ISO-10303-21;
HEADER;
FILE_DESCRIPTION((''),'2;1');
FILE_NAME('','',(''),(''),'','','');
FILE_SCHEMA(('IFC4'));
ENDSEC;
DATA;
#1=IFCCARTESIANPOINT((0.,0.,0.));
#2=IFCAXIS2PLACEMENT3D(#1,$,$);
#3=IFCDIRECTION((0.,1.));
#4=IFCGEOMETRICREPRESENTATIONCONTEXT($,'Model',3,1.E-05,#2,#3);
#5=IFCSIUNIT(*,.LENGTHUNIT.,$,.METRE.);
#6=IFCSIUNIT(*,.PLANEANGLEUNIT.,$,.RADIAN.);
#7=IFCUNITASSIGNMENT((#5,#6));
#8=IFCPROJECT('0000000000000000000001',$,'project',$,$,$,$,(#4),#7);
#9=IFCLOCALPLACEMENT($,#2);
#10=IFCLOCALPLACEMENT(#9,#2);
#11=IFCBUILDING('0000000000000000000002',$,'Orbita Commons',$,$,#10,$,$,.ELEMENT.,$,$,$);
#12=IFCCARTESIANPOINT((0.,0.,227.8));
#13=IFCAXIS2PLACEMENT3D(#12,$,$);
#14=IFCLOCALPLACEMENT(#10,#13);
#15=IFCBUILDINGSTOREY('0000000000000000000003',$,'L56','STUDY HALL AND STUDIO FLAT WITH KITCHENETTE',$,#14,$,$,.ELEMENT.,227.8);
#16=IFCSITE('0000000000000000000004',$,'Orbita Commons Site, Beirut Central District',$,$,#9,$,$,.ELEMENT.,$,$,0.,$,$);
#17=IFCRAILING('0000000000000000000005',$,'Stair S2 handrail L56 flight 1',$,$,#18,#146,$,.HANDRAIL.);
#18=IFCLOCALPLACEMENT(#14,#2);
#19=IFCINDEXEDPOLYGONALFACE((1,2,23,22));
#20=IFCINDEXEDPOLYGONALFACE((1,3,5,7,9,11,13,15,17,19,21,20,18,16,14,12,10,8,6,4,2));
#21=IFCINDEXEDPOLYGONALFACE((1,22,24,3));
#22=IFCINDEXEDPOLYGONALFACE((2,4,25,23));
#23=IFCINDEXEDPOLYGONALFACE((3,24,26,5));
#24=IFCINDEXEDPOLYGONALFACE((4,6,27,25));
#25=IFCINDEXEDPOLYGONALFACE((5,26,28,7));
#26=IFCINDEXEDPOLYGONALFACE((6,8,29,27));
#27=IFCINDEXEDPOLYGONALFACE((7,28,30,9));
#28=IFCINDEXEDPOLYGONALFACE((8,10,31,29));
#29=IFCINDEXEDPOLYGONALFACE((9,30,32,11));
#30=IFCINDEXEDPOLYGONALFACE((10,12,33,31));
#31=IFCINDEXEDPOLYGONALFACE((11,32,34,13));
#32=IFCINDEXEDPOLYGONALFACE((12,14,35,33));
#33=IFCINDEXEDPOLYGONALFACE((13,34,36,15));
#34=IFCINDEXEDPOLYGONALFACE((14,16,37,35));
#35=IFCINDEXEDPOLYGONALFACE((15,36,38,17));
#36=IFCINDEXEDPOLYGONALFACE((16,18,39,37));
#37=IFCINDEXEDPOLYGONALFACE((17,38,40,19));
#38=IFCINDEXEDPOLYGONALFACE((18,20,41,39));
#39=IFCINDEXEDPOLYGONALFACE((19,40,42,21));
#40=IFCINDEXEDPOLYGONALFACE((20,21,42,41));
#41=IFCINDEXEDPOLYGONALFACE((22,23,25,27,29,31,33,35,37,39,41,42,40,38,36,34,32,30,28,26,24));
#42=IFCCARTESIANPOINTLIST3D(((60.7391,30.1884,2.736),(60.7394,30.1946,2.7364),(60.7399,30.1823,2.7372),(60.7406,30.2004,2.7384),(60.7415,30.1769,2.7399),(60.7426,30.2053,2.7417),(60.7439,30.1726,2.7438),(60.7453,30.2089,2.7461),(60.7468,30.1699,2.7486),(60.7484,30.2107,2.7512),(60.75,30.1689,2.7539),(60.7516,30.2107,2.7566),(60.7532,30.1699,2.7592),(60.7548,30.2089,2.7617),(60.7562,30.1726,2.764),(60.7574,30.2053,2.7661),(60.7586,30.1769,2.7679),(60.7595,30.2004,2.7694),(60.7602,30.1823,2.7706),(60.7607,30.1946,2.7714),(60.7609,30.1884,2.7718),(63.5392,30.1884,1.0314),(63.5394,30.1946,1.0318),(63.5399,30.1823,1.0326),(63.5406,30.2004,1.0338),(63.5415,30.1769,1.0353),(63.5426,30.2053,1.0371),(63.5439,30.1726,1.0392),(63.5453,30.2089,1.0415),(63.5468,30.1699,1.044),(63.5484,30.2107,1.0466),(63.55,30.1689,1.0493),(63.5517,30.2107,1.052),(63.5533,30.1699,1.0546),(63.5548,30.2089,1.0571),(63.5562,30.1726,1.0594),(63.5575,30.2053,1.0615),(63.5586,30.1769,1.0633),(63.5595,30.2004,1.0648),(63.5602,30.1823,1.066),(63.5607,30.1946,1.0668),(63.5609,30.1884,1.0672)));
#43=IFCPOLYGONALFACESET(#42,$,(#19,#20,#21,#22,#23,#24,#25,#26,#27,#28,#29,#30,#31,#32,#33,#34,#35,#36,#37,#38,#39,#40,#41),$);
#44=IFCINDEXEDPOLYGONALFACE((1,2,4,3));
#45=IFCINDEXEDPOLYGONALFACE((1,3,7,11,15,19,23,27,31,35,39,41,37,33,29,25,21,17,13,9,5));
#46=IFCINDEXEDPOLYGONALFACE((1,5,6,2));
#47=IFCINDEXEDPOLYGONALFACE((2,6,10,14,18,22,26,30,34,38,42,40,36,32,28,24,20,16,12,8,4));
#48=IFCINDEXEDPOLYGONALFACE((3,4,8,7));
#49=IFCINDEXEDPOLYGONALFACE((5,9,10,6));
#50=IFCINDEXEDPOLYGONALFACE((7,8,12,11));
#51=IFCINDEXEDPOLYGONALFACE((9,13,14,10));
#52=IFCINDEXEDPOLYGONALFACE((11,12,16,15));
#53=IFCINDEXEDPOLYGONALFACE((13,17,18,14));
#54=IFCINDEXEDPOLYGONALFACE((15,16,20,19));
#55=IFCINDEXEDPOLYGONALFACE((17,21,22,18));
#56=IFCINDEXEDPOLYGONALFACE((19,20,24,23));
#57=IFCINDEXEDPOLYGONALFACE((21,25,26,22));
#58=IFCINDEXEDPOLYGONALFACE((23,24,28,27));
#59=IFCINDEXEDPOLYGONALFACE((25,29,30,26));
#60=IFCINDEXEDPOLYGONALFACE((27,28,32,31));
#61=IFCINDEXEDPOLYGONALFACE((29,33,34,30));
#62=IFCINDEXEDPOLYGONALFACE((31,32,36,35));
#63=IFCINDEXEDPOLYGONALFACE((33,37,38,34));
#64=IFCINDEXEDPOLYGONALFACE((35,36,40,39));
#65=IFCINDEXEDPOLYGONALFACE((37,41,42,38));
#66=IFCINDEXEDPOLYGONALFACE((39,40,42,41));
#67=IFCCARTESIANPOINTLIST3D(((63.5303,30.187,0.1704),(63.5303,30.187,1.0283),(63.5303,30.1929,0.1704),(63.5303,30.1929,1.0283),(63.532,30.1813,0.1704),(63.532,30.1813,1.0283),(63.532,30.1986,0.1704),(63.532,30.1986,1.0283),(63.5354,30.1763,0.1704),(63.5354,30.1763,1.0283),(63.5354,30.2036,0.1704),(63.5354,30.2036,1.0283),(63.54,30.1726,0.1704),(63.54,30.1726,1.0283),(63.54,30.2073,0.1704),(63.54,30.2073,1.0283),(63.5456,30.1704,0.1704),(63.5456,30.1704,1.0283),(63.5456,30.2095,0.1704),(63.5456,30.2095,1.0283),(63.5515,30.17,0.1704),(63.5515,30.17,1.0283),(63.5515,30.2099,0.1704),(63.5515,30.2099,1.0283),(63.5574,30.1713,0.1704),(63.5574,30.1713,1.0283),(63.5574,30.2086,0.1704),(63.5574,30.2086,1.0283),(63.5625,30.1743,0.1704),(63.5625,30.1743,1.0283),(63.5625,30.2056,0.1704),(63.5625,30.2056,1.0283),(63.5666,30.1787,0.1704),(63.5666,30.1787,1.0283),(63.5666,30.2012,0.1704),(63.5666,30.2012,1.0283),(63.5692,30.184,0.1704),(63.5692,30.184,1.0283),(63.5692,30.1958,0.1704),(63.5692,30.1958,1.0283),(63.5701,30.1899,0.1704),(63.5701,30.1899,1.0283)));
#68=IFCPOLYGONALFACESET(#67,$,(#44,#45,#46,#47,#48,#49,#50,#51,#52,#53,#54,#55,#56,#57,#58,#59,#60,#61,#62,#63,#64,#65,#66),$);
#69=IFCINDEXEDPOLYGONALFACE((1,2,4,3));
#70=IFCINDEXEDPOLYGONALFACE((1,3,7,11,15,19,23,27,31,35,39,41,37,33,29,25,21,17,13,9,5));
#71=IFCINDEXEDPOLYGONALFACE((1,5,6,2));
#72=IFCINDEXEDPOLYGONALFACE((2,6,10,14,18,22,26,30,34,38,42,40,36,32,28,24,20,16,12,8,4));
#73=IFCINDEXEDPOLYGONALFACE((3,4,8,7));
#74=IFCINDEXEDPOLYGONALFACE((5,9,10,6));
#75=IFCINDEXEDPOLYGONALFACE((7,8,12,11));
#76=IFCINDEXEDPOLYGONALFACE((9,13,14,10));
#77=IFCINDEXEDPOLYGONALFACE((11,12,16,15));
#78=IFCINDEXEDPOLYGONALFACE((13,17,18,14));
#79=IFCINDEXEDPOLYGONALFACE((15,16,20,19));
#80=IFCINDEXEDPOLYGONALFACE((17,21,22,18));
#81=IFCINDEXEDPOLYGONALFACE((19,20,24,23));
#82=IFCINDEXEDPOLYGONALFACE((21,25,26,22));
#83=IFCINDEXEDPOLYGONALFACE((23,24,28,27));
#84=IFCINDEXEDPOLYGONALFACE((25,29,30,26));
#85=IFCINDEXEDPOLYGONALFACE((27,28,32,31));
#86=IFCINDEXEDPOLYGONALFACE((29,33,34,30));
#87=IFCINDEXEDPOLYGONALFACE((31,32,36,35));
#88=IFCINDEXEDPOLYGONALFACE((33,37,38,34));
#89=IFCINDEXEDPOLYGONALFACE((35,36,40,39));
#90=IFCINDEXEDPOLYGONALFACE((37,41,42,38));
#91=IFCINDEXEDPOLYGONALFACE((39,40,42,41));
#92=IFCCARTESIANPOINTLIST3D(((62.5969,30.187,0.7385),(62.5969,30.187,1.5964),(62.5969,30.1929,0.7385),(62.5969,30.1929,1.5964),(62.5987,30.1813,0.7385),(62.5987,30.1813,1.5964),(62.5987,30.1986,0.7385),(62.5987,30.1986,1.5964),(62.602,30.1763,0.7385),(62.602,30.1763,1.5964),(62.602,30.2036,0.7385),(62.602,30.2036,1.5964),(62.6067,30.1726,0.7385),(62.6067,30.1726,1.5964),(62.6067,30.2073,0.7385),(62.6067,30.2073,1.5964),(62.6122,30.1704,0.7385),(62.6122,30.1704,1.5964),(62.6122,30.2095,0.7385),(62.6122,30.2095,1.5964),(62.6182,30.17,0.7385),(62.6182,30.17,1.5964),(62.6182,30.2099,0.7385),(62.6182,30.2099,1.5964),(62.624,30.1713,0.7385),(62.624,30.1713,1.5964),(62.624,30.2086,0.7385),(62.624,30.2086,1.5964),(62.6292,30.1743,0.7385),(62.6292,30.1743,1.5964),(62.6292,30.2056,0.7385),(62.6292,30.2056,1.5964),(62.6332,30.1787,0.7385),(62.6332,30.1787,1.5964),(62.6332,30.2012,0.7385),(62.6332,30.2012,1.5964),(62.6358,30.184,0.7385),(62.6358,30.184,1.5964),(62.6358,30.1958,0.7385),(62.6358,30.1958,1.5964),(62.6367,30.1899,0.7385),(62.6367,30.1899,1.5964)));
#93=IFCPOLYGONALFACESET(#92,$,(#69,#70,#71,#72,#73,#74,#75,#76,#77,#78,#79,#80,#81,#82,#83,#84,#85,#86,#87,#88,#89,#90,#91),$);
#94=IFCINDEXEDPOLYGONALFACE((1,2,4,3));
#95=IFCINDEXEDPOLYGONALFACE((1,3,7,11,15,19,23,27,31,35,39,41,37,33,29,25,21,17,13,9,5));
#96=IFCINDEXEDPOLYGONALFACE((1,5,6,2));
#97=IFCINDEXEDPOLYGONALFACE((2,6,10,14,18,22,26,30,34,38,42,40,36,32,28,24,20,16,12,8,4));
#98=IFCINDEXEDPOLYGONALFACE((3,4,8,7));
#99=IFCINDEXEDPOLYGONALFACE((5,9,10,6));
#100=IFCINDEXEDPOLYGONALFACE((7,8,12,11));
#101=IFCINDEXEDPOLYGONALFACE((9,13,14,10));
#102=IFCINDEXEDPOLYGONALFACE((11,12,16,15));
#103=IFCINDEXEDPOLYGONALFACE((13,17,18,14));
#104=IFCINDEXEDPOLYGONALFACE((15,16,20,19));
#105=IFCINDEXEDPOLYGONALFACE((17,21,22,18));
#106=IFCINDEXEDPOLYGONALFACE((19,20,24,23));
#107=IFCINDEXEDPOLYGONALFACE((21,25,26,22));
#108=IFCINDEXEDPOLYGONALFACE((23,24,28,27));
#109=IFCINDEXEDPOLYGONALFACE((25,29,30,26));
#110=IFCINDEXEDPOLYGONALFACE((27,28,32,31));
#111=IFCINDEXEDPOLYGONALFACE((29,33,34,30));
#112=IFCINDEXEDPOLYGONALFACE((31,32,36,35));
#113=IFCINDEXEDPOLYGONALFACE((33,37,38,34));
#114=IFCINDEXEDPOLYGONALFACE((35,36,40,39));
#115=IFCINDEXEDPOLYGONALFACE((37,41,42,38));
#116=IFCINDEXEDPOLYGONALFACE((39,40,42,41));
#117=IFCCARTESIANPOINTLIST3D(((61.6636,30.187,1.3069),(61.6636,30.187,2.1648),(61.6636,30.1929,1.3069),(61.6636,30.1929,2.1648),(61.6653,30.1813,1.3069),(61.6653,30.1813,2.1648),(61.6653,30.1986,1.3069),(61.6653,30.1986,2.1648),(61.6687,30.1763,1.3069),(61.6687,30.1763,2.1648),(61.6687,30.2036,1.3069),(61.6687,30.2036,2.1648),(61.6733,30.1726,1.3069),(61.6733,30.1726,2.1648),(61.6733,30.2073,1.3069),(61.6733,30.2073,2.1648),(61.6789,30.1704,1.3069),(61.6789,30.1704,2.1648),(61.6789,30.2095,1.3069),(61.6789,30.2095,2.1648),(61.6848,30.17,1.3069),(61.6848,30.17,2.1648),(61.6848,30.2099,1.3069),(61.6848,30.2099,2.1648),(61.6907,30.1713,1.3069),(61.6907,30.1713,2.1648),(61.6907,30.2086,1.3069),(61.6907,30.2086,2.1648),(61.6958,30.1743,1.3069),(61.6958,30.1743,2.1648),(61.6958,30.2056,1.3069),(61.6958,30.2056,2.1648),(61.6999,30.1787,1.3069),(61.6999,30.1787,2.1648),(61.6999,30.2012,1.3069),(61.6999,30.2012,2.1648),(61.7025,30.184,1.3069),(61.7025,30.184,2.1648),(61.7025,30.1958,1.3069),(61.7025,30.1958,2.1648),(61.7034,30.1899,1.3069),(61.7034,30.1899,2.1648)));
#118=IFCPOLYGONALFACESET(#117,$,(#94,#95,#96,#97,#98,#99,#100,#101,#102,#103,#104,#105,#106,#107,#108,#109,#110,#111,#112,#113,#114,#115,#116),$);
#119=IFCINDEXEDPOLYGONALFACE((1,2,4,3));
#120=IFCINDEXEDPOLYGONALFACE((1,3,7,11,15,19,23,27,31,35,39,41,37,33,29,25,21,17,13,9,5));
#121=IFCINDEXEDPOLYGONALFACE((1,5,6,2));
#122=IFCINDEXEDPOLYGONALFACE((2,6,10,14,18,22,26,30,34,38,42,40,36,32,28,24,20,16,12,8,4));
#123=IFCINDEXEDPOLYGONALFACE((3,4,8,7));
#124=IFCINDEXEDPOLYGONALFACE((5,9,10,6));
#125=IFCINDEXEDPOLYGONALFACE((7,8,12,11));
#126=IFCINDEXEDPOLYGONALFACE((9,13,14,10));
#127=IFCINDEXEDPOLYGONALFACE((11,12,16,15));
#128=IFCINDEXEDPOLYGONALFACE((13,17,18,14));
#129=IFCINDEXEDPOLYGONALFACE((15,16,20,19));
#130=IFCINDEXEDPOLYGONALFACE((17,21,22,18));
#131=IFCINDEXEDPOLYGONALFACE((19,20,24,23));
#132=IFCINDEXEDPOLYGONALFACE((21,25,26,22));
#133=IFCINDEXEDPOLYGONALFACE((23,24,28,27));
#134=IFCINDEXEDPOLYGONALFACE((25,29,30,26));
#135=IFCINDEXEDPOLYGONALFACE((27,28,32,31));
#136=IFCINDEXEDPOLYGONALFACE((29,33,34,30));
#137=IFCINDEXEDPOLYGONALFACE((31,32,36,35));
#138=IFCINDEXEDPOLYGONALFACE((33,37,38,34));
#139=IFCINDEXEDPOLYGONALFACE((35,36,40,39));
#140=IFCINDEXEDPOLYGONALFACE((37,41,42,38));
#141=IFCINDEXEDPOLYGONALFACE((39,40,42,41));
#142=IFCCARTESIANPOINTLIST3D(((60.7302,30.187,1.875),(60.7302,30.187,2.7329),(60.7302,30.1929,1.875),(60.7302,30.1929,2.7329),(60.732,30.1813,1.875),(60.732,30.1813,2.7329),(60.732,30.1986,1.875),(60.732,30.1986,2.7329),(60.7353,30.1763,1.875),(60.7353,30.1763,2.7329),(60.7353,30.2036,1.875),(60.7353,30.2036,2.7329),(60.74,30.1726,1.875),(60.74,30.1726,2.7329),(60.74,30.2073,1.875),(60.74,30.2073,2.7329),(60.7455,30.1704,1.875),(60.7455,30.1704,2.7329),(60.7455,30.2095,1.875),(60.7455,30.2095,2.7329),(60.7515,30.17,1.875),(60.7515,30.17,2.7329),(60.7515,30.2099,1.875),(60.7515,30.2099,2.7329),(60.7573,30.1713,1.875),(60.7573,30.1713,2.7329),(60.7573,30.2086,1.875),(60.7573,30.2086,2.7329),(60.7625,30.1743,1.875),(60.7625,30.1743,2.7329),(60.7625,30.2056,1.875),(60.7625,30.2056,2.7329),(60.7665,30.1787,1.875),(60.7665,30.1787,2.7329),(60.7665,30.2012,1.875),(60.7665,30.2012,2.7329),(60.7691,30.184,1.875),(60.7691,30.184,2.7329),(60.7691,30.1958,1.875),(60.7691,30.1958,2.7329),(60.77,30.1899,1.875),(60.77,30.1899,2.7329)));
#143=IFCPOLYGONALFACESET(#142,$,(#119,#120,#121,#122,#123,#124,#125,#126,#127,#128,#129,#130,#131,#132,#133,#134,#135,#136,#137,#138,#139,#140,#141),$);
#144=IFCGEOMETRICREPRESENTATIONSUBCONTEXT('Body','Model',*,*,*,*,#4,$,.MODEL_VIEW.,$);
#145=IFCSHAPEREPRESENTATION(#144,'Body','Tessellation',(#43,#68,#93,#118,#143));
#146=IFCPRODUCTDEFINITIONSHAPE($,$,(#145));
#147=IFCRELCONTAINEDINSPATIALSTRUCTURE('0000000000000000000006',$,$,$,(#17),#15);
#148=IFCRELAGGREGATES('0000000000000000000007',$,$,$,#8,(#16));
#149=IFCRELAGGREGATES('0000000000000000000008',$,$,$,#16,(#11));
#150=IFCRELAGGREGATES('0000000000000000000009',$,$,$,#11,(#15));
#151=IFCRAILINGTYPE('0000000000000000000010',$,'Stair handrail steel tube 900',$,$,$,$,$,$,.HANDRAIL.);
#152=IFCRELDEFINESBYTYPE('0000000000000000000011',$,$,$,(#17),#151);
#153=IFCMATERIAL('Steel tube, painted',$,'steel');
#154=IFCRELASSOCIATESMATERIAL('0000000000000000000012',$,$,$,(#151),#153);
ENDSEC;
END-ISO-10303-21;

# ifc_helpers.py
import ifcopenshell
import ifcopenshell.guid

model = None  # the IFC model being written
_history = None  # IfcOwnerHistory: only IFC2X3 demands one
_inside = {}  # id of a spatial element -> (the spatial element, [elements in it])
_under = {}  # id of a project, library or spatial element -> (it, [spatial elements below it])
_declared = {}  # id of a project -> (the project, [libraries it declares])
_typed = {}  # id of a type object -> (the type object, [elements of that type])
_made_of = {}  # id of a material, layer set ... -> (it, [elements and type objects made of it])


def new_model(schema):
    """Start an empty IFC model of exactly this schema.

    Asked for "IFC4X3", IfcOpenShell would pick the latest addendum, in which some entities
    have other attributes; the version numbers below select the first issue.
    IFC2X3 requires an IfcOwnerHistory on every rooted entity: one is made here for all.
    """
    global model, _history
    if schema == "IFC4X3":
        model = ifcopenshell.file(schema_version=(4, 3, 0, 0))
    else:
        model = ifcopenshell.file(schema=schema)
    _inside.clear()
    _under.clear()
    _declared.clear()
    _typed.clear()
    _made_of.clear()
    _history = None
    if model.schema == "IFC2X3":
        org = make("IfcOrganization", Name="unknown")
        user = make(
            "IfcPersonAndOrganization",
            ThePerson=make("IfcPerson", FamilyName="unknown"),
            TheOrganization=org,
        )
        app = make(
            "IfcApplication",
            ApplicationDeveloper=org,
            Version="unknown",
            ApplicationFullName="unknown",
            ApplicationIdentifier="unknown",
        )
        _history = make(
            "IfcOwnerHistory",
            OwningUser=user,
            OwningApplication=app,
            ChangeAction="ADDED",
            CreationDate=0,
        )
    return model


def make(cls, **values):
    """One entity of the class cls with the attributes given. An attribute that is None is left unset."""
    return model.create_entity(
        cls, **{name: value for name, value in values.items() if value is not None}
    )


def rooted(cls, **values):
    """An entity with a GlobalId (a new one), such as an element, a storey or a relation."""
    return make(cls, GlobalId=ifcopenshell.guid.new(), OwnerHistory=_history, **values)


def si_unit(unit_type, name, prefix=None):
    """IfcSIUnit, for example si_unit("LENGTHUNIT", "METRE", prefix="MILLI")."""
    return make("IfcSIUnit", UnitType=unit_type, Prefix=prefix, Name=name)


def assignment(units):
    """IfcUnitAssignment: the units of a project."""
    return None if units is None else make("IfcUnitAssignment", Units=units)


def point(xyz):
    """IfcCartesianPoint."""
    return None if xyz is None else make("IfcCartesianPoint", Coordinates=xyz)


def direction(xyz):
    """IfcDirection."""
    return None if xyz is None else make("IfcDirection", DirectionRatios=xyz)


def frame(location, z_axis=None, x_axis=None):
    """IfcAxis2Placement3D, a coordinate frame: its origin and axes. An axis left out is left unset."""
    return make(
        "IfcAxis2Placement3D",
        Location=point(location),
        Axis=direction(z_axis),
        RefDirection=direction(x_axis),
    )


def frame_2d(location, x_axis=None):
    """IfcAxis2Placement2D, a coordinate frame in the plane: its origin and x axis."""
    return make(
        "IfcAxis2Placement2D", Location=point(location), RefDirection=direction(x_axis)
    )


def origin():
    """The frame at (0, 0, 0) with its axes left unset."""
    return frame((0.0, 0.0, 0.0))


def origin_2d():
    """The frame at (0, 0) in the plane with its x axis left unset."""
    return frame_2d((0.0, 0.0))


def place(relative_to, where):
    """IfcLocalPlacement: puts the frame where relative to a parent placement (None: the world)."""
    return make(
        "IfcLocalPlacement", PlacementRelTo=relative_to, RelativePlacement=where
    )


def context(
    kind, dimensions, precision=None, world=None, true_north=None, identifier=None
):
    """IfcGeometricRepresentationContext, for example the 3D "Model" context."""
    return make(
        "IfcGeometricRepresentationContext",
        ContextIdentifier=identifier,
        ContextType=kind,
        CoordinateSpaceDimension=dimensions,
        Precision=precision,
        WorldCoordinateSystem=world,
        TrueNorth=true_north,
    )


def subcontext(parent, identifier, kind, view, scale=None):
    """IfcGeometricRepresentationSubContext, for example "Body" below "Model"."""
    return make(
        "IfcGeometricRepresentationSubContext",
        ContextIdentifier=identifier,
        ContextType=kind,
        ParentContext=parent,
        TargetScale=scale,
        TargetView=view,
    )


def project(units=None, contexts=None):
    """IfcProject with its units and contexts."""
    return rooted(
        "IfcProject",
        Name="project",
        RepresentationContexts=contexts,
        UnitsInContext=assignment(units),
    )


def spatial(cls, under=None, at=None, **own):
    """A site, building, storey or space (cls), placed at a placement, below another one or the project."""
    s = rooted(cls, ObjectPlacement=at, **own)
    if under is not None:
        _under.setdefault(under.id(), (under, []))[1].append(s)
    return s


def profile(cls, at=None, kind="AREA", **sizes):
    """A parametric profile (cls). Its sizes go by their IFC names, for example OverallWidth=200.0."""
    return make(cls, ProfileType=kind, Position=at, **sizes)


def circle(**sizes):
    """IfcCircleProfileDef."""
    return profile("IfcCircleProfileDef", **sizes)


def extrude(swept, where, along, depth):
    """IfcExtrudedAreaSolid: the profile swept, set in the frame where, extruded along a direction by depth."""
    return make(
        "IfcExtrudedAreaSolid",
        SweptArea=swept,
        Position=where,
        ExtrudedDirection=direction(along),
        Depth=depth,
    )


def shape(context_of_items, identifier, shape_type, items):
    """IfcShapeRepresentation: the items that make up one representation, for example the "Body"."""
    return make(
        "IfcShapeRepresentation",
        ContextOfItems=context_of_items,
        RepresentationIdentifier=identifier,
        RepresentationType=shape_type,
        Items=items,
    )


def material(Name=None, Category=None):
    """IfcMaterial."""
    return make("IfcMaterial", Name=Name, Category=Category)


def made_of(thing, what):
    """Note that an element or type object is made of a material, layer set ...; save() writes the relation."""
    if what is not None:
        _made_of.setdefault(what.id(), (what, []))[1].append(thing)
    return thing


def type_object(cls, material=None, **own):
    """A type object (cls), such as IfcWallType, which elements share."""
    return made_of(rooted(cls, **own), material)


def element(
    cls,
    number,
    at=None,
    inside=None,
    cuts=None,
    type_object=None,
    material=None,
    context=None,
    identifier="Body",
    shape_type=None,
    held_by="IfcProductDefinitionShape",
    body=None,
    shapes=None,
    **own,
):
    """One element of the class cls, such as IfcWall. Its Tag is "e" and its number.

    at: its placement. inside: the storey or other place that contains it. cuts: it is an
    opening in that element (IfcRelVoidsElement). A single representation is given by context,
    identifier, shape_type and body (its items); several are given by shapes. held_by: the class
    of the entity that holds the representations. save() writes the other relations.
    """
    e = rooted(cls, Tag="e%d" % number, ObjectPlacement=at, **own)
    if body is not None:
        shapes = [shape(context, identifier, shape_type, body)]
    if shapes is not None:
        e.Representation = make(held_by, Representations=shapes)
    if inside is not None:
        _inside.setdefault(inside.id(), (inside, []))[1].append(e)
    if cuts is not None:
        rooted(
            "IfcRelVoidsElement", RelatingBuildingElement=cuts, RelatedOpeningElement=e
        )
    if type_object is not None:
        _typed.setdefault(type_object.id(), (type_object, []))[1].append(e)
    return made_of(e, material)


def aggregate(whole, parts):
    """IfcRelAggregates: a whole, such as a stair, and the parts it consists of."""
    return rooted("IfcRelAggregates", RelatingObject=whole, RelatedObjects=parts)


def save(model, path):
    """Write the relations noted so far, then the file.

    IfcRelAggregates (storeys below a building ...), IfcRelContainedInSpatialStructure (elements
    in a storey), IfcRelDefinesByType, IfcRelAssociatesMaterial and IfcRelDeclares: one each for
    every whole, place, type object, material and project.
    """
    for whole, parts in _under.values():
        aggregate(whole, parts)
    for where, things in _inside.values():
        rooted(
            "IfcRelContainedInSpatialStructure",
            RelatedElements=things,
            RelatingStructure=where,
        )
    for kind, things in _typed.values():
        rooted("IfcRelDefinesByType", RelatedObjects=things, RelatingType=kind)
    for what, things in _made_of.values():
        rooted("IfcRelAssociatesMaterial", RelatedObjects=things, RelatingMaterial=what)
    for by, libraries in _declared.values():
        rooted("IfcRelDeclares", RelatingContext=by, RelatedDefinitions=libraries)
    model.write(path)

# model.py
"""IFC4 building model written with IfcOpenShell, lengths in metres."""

from ifc_helpers import new_model, si_unit, direction, frame, origin, origin_2d, place, context, subcontext, project, spatial, circle, extrude, material, type_object, element, save


model = new_model("IFC4")

# Units and contexts
model_context = context("Model", 3, precision=1e-05, world=origin(), true_north=direction((0.0, 1.0)))
body_context = subcontext(model_context, "Body", "Model", "MODEL_VIEW")
ifc_project = project(units=[si_unit("LENGTHUNIT", "METRE"), si_unit("PLANEANGLEUNIT", "RADIAN")], contexts=[model_context])

# Site, building, storey
site_placement = place(None, origin())
site = spatial("IfcSite", under=ifc_project, at=site_placement, Name="Orbita Commons Site, Beirut Central District", CompositionType="ELEMENT", RefElevation=0.0)
building_placement = place(site_placement, origin())
building = spatial("IfcBuilding", under=site, at=building_placement, Name="Orbita Commons", CompositionType="ELEMENT")
storey_placement = place(building_placement, frame((0.0, 0.0, 227.8)))
storey = spatial("IfcBuildingStorey", under=building, at=storey_placement, Name="L56", Description="STUDY HALL AND STUDIO FLAT WITH KITCHENETTE", CompositionType="ELEMENT", Elevation=227.8)

# Railing
ifc_material_1 = material(Name="Steel tube, painted", Category="steel")
railing_type = type_object("IfcRailingType", Name="Stair handrail steel tube 900", PredefinedType="HANDRAIL", material=ifc_material_1)
for number, where, name in (
    (1, (63.55, 30.1899, 0.1704), "Stair S2 handrail L56 flight 1"),
):
    element("IfcRailing", number, at=place(storey_placement, frame(where)), inside=storey, type_object=railing_type, Name=name, PredefinedType="HANDRAIL", context=body_context, shape_type="SweptSolid", body=[
        extrude(circle(Radius=0.021, at=origin_2d()), frame((0.0, 0.0, 0.8789), z_axis=(-0.85417, 0.0, 0.519994), x_axis=(0.0, -1.0, 0.0)), (0.0, 0.0, 1.0), 3.2781),
        extrude(circle(Radius=0.02, at=origin_2d()), origin(), (0.0, 0.0, 1.0), 0.8579),
        extrude(circle(Radius=0.02, at=origin_2d()), frame((-0.9333, 0.0, 0.5681)), (0.0, 0.0, 1.0), 0.8579),
        extrude(circle(Radius=0.02, at=origin_2d()), frame((-1.8667, 0.0, 1.1365)), (0.0, 0.0, 1.0), 0.8579),
        extrude(circle(Radius=0.02, at=origin_2d()), frame((-2.8, 0.0, 1.7046)), (0.0, 0.0, 1.0), 0.8579),
    ])

save(model, "model.ifc")
